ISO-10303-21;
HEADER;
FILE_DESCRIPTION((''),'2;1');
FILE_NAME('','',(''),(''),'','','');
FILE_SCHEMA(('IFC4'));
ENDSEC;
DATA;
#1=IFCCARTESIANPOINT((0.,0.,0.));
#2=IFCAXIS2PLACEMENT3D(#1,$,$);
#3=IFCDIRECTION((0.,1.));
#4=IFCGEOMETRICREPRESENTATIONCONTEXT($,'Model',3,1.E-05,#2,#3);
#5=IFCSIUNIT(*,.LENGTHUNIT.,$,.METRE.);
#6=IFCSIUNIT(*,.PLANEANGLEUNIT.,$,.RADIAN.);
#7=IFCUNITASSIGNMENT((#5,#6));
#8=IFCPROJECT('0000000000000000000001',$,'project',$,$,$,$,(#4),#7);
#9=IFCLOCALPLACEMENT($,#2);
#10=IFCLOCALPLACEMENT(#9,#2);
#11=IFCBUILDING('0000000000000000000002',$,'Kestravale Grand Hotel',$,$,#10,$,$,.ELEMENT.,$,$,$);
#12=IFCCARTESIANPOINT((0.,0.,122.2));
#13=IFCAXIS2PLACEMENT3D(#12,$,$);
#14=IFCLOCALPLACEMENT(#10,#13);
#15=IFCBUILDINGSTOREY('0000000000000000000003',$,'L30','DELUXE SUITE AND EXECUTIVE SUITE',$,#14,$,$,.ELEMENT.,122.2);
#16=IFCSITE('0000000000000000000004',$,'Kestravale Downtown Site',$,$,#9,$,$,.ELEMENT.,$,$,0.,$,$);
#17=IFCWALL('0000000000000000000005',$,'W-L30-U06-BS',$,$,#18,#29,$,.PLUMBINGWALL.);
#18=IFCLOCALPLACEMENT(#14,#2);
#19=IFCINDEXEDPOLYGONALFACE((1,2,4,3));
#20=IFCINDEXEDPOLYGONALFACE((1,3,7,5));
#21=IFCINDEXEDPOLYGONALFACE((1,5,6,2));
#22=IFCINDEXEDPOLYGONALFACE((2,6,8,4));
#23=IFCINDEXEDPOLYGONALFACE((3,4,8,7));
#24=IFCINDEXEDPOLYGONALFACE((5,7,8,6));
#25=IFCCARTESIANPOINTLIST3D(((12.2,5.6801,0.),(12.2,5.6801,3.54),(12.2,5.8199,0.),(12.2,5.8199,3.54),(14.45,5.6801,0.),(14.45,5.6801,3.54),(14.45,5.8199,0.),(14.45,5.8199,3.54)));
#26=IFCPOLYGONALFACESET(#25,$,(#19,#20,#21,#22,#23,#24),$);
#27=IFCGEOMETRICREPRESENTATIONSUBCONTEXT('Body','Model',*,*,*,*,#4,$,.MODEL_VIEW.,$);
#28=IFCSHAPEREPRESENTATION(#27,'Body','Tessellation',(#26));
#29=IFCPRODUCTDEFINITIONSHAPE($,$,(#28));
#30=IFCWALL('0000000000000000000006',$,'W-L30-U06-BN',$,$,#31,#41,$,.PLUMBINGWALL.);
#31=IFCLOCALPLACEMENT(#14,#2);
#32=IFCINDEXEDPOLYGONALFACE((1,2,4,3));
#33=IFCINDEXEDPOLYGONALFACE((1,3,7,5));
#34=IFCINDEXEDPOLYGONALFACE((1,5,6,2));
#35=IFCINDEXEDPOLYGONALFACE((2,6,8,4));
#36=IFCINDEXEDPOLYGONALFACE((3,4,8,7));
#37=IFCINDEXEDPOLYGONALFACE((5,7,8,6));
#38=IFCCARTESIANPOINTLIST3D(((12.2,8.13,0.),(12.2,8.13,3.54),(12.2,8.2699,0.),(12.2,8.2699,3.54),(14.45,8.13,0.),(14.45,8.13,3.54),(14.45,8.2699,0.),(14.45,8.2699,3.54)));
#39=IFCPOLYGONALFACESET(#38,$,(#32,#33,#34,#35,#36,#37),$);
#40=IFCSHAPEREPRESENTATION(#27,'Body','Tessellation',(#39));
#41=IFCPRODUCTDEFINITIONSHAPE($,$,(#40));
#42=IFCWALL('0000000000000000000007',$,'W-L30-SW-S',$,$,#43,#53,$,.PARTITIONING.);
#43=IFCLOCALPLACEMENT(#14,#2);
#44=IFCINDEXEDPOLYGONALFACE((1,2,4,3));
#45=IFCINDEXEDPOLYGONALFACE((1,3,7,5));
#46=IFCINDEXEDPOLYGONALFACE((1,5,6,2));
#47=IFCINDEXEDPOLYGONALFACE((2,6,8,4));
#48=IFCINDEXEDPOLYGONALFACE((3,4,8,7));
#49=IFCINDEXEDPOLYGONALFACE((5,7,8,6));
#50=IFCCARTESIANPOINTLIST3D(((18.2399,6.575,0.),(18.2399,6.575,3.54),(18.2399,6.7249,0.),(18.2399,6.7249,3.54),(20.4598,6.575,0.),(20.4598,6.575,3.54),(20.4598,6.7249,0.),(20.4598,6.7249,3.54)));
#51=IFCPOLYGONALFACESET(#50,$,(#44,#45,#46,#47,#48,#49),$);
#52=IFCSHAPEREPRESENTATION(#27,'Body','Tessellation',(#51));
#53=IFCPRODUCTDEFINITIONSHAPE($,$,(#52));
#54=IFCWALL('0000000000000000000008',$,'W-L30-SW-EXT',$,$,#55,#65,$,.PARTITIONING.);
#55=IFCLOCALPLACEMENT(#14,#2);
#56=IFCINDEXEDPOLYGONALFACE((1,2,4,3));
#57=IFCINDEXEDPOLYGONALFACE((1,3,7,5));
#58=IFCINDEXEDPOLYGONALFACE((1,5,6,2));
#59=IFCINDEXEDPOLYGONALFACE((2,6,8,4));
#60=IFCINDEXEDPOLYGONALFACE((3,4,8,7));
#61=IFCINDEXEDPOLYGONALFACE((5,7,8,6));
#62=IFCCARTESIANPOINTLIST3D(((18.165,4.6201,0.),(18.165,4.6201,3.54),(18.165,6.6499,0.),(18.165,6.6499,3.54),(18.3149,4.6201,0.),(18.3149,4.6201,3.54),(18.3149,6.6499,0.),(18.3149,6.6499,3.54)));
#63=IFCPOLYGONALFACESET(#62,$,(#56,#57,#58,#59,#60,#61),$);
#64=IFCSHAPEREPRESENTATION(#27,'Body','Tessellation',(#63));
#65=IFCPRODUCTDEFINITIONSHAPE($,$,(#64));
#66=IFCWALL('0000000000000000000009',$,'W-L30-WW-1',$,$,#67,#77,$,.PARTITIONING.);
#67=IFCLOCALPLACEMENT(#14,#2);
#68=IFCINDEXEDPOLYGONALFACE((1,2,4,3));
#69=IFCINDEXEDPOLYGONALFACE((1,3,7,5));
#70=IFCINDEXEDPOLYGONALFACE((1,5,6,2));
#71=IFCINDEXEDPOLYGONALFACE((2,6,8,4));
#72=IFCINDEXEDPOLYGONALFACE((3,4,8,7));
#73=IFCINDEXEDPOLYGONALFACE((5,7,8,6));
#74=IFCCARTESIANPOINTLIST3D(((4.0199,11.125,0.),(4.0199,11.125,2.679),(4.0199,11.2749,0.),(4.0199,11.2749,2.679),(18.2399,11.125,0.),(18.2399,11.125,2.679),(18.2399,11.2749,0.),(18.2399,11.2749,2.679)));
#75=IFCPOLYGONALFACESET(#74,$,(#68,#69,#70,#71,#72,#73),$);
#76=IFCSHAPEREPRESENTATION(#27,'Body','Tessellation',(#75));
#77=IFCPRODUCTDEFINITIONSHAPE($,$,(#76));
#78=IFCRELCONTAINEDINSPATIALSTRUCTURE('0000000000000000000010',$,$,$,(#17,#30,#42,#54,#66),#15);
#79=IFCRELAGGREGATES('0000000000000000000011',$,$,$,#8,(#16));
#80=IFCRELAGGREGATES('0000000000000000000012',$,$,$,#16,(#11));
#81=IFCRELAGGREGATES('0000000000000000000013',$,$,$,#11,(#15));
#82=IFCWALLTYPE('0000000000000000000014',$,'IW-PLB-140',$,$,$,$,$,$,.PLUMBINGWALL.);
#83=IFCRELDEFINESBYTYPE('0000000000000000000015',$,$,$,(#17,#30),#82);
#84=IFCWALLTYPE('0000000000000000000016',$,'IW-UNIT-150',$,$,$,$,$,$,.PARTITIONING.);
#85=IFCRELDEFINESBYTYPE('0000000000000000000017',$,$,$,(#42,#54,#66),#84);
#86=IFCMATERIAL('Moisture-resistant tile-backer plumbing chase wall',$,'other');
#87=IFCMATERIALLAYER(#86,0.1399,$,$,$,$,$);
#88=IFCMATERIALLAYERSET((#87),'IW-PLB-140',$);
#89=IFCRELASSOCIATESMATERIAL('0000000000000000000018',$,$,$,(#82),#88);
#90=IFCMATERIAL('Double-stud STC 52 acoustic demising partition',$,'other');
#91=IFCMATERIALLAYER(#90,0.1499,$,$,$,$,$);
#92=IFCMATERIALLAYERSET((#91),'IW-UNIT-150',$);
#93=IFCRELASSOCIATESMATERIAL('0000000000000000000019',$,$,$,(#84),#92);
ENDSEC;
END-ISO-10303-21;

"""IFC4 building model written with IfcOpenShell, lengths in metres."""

from ifc_helpers import new_model, si_unit, direction, frame, frame_2d, origin, place, context, subcontext, project, spatial, rectangle, extrude, material, layer, layer_set, type_object, element, save


model = new_model("IFC4")

# Units and contexts
model_context = context("Model", 3, precision=1e-05, world=origin(), true_north=direction((0.0, 1.0)))
body_context = subcontext(model_context, "Body", "Model", "MODEL_VIEW")
ifc_project = project(units=[si_unit("LENGTHUNIT", "METRE"), si_unit("PLANEANGLEUNIT", "RADIAN")], contexts=[model_context])

# Site, building, storey
site_placement = place(None, origin())
site = spatial("IfcSite", under=ifc_project, at=site_placement, Name="Kestravale Downtown Site", CompositionType="ELEMENT", RefElevation=0.0)
building_placement = place(site_placement, origin())
building = spatial("IfcBuilding", under=site, at=building_placement, Name="Kestravale Grand Hotel", CompositionType="ELEMENT")
storey_placement = place(building_placement, frame((0.0, 0.0, 122.2)))
storey = spatial("IfcBuildingStorey", under=building, at=storey_placement, Name="L30", Description="DELUXE SUITE AND EXECUTIVE SUITE", CompositionType="ELEMENT", Elevation=122.2)

# Shared definitions
ifc_material_1 = material(Name="Moisture-resistant tile-backer plumbing chase wall", Category="other")
ifc_layer_1 = layer(ifc_material_1, 0.1399)
ifc_layer_set_1 = layer_set([ifc_layer_1], Name="IW-PLB-140")
wall_type_1 = type_object("IfcWallType", Name="IW-PLB-140", PredefinedType="PLUMBINGWALL", material=ifc_layer_set_1)

# Walls
for number, where, z_axis, x_axis, name in (
    (1, (12.2, 5.75, 0.0), (0.0, 0.0, 1.0), (1.0, 0.0, 0.0), "W-L30-U06-BS"),
    (2, (12.2, 8.2, 0.0), (0.0, 0.0, 1.0), (1.0, 0.0, 0.0), "W-L30-U06-BN"),
):
    element("IfcWall", number, at=place(storey_placement, frame(where, z_axis=z_axis, x_axis=x_axis)), inside=storey, type_object=wall_type_1, Name=name, PredefinedType="PLUMBINGWALL", context=body_context, shape_type="SweptSolid", body=[
        extrude(rectangle(XDim=2.25, YDim=0.1399, at=frame_2d((1.125, 0.0))), origin(), (0.0, 0.0, 1.0), 3.54),
    ])
ifc_material_2 = material(Name="Double-stud STC 52 acoustic demising partition", Category="other")
ifc_layer_2 = layer(ifc_material_2, 0.1499)
ifc_layer_set_2 = layer_set([ifc_layer_2], Name="IW-UNIT-150")
wall_type_2 = type_object("IfcWallType", Name="IW-UNIT-150", PredefinedType="PARTITIONING", material=ifc_layer_set_2)
wall_1_placement = place(storey_placement, frame((18.24, 6.6499, 0.0), z_axis=(0.0, 0.0, 1.0), x_axis=(1.0, 0.0, 0.0)))
element("IfcWall", 3, at=wall_1_placement, inside=storey, type_object=wall_type_2, Name="W-L30-SW-S", PredefinedType="PARTITIONING", context=body_context, shape_type="SweptSolid", body=[
    extrude(rectangle(XDim=2.22, YDim=0.1499, at=frame_2d((1.1099, 0.0))), origin(), (0.0, 0.0, 1.0), 3.54),
])
wall_2_placement = place(storey_placement, frame((18.24, 4.6201, 0.0), z_axis=(0.0, 0.0, 1.0), x_axis=(0.0, 1.0, 0.0)))
element("IfcWall", 4, at=wall_2_placement, inside=storey, type_object=wall_type_2, Name="W-L30-SW-EXT", PredefinedType="PARTITIONING", context=body_context, shape_type="SweptSolid", body=[
    extrude(rectangle(XDim=2.0298, YDim=0.1499, at=frame_2d((1.0149, 0.0))), origin(), (0.0, 0.0, 1.0), 3.54),
])
wall_3_placement = place(storey_placement, frame((4.02, 11.2, 0.0), z_axis=(0.0, 0.0, 1.0), x_axis=(1.0, 0.0, 0.0)))
element("IfcWall", 5, at=wall_3_placement, inside=storey, type_object=wall_type_2, Name="W-L30-WW-1", PredefinedType="PARTITIONING", context=body_context, shape_type="SweptSolid", body=[
    extrude(rectangle(XDim=14.22, YDim=0.1499, at=frame_2d((7.1099, 0.0))), origin(), (0.0, 0.0, 1.0), 2.679),
])

save(model, "model.ifc")
